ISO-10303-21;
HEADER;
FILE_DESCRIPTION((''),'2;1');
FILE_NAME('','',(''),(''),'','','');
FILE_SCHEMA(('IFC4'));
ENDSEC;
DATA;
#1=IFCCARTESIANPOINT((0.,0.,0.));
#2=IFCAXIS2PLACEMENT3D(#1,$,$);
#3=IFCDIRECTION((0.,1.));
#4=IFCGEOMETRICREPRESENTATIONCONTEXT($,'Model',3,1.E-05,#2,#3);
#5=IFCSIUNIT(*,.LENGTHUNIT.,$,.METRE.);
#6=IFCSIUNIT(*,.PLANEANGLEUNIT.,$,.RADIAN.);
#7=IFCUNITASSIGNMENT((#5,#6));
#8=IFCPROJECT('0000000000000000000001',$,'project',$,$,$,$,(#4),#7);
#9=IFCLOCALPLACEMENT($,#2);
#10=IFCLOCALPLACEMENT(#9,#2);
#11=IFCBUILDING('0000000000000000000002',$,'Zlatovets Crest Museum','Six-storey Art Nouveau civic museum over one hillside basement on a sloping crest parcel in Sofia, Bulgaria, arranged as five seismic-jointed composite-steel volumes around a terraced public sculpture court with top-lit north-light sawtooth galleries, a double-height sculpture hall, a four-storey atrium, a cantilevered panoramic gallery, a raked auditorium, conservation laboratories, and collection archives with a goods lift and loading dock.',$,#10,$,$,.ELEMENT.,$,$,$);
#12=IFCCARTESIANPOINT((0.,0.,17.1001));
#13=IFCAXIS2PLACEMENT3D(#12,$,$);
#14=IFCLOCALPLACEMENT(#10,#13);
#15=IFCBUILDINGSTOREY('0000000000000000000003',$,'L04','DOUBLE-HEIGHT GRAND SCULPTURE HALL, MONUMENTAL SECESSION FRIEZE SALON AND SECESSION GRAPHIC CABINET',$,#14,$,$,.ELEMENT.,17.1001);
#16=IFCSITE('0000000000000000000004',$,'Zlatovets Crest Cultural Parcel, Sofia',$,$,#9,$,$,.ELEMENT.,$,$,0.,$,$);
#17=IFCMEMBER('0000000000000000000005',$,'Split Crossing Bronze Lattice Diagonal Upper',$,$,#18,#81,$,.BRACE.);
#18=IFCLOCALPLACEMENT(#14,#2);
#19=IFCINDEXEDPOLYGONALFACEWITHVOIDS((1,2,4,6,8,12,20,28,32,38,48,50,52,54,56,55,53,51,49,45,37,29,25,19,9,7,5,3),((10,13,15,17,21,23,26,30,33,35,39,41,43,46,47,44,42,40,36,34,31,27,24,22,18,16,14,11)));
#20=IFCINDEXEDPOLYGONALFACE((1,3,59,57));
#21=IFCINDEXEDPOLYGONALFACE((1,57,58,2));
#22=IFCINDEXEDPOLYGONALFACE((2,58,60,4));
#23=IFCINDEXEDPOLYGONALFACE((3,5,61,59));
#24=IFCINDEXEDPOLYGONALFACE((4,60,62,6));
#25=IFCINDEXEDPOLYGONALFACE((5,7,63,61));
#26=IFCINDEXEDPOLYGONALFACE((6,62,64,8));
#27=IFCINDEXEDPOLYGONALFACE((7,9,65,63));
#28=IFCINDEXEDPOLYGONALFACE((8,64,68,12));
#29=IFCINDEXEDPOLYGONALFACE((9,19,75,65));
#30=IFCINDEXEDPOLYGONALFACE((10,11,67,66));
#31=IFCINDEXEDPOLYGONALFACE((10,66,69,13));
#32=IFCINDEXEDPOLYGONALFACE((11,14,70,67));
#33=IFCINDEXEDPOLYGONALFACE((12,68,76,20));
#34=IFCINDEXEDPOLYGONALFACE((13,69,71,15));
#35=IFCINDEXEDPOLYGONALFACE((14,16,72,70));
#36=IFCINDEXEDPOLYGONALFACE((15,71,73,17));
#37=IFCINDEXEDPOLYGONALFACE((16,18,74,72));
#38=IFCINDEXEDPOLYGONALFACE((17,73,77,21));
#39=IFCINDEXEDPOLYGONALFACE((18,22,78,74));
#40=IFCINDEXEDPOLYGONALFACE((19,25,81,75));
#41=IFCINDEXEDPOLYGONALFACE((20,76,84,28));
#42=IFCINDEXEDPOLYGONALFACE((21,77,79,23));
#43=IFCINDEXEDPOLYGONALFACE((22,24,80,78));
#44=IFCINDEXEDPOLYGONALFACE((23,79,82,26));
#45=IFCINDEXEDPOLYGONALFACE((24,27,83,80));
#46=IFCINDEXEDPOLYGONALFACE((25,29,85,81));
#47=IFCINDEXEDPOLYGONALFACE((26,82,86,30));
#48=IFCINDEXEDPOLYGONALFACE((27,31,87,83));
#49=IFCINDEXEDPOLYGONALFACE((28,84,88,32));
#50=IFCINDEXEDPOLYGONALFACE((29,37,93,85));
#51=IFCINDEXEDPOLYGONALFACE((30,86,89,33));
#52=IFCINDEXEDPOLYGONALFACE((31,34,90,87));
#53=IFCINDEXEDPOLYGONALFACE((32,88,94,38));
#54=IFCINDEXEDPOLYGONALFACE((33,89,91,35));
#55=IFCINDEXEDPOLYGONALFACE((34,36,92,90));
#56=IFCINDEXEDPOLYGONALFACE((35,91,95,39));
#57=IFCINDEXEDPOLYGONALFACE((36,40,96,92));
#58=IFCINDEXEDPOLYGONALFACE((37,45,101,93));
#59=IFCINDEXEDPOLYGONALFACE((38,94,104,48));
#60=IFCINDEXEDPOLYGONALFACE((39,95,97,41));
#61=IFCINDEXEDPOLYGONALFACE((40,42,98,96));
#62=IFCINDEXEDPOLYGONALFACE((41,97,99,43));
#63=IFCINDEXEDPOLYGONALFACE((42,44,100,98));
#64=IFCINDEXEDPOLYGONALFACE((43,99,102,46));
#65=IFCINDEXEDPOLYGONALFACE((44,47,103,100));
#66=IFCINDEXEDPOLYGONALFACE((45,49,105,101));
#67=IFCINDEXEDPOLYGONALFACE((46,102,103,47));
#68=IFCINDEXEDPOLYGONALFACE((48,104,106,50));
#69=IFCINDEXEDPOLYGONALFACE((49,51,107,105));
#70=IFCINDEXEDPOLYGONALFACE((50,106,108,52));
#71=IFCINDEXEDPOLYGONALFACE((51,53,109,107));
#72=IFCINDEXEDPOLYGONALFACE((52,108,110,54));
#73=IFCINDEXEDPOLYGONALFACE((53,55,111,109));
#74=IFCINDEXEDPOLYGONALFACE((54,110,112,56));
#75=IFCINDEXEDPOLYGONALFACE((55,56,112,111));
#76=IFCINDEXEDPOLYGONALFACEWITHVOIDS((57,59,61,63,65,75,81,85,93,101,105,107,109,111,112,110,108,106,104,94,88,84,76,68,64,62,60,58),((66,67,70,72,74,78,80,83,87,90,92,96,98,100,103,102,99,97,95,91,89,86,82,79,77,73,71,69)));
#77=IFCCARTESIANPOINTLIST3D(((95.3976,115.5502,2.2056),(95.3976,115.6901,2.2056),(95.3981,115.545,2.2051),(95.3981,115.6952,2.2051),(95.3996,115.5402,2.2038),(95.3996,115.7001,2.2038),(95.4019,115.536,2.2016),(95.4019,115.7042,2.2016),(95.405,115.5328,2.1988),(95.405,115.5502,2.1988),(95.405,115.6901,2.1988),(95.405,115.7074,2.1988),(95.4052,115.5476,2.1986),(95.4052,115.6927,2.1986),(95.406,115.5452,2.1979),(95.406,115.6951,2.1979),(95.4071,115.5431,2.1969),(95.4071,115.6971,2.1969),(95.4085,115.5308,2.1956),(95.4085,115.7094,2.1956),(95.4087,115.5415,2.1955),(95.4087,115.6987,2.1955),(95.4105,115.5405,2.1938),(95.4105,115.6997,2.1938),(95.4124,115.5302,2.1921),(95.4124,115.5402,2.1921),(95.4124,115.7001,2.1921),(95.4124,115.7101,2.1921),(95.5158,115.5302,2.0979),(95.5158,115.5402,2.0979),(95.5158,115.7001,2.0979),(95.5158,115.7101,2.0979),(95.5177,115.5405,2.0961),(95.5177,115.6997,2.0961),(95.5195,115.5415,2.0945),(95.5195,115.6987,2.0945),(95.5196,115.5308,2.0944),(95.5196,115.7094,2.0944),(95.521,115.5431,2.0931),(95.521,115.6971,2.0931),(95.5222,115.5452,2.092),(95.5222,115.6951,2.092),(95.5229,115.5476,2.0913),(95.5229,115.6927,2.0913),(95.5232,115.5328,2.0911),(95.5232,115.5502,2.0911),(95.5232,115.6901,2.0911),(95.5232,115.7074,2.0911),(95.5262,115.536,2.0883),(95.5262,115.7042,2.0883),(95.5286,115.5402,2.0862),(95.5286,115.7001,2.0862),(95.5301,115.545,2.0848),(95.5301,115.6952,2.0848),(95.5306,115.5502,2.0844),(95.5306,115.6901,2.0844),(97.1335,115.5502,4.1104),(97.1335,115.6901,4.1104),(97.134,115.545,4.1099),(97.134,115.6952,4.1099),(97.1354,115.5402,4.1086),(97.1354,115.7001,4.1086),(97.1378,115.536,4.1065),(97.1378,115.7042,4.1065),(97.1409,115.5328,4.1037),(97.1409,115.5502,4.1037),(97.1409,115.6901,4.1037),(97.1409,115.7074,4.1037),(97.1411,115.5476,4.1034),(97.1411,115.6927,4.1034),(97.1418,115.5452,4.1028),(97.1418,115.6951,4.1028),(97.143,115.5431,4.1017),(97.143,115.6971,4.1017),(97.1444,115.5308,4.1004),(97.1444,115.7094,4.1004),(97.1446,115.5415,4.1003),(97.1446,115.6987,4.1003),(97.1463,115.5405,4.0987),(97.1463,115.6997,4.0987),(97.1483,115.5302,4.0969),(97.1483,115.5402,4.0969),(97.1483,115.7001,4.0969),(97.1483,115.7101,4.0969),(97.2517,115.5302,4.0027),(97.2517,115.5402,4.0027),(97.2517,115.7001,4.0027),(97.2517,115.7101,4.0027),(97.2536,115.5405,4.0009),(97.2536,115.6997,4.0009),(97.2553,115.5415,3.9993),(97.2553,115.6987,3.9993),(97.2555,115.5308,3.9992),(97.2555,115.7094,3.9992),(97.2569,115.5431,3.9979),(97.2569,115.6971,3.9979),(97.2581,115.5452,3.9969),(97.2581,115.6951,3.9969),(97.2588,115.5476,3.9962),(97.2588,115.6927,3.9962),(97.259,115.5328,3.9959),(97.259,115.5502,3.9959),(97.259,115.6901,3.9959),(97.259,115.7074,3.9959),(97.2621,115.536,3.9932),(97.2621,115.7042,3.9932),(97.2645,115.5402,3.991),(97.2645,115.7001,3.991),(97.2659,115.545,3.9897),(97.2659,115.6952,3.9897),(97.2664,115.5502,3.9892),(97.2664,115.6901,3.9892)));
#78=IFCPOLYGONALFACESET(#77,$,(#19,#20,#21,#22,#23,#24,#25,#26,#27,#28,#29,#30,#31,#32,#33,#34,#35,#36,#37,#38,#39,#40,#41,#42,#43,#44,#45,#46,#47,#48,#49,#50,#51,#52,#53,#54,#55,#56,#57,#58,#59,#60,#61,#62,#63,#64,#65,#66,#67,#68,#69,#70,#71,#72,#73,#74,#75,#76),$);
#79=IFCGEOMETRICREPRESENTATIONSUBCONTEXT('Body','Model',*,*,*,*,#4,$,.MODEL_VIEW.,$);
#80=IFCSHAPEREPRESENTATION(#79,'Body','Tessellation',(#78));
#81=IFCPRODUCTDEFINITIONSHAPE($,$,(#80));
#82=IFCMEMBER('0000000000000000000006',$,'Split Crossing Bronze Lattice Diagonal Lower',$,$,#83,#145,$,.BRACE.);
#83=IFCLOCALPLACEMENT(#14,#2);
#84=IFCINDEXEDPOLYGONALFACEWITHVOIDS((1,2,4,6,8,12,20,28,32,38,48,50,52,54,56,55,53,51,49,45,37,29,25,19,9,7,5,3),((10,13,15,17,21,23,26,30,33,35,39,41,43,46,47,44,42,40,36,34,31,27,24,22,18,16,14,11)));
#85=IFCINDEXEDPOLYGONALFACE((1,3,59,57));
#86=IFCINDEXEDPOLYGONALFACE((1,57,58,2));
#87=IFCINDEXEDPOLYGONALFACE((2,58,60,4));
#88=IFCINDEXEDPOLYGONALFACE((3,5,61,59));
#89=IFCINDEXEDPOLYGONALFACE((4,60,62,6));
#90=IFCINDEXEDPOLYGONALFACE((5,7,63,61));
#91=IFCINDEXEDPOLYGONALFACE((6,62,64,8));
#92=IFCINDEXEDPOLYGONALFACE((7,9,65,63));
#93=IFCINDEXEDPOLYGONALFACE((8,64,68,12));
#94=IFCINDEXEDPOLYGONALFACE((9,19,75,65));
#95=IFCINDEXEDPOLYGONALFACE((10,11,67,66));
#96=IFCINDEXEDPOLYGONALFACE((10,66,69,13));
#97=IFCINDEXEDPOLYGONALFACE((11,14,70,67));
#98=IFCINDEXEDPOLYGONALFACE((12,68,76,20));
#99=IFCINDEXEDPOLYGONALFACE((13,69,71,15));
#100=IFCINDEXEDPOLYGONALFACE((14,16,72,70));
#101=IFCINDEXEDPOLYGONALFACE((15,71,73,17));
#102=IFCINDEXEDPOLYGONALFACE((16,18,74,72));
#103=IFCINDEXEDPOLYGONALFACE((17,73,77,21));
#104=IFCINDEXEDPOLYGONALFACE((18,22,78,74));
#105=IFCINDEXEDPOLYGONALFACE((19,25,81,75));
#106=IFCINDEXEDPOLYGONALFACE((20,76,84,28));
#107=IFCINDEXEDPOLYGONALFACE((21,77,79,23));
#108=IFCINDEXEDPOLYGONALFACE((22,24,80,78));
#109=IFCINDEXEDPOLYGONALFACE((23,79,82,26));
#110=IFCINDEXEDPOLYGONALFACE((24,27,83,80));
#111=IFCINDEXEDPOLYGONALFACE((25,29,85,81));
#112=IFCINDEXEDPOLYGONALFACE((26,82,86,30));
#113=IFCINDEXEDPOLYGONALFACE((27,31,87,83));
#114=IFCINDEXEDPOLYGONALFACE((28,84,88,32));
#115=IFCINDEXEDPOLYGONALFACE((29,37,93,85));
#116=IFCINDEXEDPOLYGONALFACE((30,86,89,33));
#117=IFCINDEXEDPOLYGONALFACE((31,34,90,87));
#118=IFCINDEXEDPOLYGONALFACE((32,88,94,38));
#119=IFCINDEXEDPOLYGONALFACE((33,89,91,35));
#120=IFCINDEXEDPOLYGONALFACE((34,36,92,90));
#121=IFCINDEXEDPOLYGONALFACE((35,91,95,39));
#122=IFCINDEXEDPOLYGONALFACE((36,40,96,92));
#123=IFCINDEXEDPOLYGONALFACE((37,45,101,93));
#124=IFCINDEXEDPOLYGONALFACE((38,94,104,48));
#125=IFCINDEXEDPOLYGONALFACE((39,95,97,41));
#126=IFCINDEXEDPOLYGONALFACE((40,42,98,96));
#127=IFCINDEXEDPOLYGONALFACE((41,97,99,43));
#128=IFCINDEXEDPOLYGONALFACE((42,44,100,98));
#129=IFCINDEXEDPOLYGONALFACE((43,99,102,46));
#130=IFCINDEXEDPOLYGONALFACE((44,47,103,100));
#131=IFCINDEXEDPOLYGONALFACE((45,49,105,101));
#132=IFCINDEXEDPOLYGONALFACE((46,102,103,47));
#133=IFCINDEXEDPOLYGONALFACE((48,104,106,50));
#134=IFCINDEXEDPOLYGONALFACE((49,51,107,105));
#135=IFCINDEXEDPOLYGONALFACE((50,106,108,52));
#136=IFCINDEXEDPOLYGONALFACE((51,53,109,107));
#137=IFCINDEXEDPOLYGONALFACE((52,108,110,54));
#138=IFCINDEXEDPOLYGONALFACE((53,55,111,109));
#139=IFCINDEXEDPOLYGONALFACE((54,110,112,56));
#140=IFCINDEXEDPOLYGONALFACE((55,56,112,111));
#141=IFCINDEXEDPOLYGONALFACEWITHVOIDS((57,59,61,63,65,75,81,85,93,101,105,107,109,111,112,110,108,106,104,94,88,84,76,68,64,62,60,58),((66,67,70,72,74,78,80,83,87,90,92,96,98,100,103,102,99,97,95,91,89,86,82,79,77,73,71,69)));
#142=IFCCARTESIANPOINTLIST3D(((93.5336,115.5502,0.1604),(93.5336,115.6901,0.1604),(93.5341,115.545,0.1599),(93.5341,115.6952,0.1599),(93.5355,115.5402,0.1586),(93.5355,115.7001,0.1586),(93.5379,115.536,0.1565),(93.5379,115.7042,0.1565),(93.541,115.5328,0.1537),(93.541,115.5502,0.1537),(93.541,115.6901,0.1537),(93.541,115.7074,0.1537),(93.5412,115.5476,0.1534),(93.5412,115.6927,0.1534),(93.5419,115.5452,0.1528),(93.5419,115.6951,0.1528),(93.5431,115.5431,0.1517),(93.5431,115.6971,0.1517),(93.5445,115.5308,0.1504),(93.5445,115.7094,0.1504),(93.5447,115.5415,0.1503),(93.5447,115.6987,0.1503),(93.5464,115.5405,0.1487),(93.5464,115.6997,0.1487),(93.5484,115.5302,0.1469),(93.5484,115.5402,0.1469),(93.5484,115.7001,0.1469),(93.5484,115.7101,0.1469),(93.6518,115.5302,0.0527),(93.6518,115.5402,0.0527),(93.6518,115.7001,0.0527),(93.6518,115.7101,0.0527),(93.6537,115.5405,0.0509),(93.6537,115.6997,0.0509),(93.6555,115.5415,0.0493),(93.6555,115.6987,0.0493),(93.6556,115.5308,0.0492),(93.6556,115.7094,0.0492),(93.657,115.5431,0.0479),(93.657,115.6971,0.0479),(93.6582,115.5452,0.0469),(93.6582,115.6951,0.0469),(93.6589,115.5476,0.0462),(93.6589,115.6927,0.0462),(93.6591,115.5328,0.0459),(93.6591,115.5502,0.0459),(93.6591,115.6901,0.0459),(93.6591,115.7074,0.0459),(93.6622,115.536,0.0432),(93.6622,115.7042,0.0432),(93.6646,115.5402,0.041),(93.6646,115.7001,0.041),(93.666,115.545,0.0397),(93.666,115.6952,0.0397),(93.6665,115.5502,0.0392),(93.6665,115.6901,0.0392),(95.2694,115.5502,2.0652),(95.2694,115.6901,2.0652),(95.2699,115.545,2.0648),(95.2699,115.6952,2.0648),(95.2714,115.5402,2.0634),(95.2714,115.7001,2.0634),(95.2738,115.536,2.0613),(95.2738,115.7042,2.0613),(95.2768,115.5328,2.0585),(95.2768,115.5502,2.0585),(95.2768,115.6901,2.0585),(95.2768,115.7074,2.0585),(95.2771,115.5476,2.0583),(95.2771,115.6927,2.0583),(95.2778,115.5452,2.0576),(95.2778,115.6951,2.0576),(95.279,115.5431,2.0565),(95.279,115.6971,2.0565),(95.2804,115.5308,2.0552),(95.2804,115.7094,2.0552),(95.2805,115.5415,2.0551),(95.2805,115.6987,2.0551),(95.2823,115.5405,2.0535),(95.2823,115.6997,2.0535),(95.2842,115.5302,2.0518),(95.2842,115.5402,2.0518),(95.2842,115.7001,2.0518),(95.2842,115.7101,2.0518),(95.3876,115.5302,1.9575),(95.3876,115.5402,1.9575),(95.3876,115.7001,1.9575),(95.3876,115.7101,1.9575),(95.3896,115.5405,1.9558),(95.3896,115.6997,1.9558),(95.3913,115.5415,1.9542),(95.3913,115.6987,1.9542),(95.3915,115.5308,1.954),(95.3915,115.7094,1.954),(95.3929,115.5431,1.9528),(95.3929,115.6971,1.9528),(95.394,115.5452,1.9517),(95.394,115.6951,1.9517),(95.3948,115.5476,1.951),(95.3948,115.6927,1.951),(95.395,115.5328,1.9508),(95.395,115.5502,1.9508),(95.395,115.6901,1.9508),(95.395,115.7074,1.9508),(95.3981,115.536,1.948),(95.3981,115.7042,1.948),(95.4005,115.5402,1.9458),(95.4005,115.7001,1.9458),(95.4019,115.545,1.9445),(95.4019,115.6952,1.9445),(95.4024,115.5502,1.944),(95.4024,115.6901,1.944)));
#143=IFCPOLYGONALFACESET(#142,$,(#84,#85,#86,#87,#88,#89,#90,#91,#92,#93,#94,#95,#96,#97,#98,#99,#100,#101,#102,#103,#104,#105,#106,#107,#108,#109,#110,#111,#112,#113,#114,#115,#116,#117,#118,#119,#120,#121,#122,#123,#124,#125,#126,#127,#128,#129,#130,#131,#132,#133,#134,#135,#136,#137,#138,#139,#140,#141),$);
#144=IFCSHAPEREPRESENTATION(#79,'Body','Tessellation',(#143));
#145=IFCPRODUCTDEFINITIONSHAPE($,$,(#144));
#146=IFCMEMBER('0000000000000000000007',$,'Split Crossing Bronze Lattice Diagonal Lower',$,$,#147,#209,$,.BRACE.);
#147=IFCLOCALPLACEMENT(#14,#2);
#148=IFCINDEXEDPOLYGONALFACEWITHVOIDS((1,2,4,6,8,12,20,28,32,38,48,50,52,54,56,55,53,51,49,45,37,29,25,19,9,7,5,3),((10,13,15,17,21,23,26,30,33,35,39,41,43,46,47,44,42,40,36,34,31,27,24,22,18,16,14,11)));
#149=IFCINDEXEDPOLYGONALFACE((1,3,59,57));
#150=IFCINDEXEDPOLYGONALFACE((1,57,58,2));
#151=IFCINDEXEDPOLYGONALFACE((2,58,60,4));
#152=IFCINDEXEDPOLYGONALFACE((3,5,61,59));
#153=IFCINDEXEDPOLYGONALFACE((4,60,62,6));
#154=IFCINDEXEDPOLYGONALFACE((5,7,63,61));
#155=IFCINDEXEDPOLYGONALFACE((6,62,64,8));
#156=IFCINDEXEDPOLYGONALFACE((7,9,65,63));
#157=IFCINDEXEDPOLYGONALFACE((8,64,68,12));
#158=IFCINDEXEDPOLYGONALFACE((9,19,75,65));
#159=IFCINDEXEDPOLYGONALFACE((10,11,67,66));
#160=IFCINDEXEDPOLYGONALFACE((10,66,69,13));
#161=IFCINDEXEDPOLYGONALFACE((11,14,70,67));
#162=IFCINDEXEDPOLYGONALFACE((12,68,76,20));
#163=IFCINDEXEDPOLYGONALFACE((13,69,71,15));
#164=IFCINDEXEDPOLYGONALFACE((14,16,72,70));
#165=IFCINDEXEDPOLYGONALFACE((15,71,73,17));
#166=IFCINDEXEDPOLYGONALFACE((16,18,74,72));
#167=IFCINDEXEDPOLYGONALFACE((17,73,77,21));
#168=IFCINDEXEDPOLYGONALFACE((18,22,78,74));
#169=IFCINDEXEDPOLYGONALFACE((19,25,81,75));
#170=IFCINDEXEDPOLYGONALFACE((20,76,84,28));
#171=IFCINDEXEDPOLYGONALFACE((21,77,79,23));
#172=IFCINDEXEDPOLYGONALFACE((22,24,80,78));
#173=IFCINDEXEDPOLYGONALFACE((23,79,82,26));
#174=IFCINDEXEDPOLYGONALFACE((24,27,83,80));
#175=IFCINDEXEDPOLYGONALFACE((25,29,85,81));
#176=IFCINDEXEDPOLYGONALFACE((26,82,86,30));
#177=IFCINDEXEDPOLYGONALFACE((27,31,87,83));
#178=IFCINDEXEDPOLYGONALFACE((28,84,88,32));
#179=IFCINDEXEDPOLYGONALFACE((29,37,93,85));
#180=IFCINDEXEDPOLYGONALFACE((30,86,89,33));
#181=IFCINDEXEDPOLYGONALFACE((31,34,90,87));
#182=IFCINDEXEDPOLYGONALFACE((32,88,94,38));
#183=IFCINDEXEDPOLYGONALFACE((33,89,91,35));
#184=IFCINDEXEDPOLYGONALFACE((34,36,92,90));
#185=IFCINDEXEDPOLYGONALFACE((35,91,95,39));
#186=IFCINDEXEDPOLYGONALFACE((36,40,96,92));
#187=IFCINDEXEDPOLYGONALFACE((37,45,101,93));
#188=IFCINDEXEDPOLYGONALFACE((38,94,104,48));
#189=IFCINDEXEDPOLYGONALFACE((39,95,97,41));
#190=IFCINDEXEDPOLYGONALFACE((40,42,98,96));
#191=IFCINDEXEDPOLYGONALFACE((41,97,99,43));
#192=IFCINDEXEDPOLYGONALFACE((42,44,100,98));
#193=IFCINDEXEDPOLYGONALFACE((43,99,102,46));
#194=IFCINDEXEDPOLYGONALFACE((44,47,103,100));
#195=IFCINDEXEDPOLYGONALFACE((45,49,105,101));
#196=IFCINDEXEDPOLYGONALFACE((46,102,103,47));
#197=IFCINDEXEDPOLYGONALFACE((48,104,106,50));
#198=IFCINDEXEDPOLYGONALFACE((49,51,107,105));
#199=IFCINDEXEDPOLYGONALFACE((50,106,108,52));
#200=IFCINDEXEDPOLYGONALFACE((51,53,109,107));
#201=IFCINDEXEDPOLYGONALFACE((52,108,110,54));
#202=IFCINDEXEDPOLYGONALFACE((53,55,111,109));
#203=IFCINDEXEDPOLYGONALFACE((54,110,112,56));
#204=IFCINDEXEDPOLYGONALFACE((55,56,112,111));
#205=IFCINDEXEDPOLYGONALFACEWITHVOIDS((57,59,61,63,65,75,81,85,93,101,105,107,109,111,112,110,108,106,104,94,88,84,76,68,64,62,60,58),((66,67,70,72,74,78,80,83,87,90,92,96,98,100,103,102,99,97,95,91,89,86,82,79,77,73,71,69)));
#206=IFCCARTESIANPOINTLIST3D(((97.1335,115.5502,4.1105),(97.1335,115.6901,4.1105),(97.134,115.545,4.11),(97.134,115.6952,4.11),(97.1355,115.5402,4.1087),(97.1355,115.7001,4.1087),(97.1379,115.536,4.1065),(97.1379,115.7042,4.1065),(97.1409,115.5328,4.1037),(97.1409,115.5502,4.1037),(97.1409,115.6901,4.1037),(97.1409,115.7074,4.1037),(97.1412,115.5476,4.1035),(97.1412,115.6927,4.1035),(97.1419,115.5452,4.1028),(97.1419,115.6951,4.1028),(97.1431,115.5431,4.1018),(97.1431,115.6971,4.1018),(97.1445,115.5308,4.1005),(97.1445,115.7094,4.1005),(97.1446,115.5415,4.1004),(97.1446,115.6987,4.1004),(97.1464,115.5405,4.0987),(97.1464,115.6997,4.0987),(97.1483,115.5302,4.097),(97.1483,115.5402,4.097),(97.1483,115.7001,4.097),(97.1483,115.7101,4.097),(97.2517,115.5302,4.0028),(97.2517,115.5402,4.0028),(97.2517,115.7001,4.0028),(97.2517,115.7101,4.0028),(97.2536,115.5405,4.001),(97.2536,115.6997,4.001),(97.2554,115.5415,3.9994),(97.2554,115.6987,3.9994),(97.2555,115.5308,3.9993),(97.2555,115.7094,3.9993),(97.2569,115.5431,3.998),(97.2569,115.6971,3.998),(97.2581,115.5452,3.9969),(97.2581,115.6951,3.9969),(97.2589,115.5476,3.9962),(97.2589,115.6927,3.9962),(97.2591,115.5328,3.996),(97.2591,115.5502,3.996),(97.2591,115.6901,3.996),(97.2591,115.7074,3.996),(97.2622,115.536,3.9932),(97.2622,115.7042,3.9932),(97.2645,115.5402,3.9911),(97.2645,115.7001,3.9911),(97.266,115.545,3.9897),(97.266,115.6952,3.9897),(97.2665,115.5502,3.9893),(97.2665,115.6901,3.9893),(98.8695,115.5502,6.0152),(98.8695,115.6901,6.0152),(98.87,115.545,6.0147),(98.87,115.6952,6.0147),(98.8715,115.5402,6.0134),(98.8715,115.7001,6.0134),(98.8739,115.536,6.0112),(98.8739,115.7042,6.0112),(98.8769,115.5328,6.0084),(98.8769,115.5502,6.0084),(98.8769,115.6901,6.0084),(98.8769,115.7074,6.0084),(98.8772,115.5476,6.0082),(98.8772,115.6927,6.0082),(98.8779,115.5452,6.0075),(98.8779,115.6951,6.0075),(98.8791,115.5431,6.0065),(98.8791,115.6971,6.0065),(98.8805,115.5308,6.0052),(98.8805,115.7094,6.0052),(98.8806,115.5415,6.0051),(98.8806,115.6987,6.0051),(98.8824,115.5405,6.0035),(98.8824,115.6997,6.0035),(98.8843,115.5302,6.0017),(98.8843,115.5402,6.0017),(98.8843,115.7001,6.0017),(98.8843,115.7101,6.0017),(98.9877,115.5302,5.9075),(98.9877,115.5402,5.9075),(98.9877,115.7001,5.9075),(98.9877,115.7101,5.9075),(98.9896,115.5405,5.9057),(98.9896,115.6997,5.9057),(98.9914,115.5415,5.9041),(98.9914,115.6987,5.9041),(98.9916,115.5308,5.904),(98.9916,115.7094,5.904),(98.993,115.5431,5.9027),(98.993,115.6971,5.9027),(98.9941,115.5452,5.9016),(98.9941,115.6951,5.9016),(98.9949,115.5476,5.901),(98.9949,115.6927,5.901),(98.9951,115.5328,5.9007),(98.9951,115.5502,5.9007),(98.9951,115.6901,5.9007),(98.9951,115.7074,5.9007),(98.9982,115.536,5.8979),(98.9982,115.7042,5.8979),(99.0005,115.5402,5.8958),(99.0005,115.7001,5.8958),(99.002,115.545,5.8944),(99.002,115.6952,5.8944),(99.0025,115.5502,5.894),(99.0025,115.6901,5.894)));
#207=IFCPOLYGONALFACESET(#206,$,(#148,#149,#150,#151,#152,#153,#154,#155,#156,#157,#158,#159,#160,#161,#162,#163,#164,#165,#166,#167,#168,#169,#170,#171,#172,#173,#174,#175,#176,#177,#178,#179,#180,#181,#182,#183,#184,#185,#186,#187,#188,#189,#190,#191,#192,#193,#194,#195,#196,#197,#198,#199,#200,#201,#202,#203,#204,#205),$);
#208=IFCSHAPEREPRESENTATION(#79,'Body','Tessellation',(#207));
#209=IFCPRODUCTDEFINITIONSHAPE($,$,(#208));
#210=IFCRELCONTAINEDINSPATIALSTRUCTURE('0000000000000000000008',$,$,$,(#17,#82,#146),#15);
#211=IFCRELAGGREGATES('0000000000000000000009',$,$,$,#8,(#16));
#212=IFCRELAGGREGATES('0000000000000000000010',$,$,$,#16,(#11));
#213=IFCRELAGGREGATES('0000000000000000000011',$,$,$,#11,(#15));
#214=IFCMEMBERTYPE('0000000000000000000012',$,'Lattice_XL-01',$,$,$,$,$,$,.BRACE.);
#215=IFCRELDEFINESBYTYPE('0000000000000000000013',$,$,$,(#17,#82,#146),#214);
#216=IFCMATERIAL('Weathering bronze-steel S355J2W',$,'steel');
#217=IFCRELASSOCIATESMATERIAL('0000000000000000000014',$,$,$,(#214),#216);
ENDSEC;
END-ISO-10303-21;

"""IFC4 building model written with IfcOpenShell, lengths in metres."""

from ifc_helpers import new_model, si_unit, direction, frame, origin, origin_2d, place, context, subcontext, project, spatial, hollow_rectangle, extrude, material, material_profile, profile_set, type_object, element, save


model = new_model("IFC4")

# Units and contexts
model_context = context("Model", 3, precision=1e-05, world=origin(), true_north=direction((0.0, 1.0)))
body_context = subcontext(model_context, "Body", "Model", "MODEL_VIEW")
ifc_project = project(units=[si_unit("LENGTHUNIT", "METRE"), si_unit("PLANEANGLEUNIT", "RADIAN")], contexts=[model_context])

# Site, building, storey
site_placement = place(None, origin())
site = spatial("IfcSite", under=ifc_project, at=site_placement, Name="Zlatovets Crest Cultural Parcel, Sofia", CompositionType="ELEMENT", RefElevation=0.0)
building_placement = place(site_placement, origin())
building = spatial("IfcBuilding", under=site, at=building_placement, Name="Zlatovets Crest Museum", Description="Six-storey Art Nouveau civic museum over one hillside basement on a sloping crest parcel in Sofia, Bulgaria, arranged as five seismic-jointed composite-steel volumes around a terraced public sculpture court with top-lit north-light sawtooth galleries, a double-height sculpture hall, a four-storey atrium, a cantilevered panoramic gallery, a raked auditorium, conservation laboratories, and collection archives with a goods lift and loading dock.", CompositionType="ELEMENT")
storey_placement = place(building_placement, frame((0.0, 0.0, 17.1001)))
storey = spatial("IfcBuildingStorey", under=building, at=storey_placement, Name="L04", Description="DOUBLE-HEIGHT GRAND SCULPTURE HALL, MONUMENTAL SECESSION FRIEZE SALON AND SECESSION GRAPHIC CABINET", CompositionType="ELEMENT", Elevation=17.1001)

# Members
ifc_material_1 = material(Name="Weathering bronze-steel S355J2W", Category="steel")
ifc_material_profile_1 = material_profile(ifc_material_1, hollow_rectangle(XDim=0.1799, YDim=0.1799, WallThickness=0.01, InnerFilletRadius=0.01, OuterFilletRadius=0.02, at=origin_2d()), Name="SHS 180x180x10.0")
ifc_profile_set_1 = profile_set([ifc_material_profile_1], Name="Weathering bronze-steel S355J2W")
member_type_1 = type_object("IfcMemberType", Name="Lattice_XL-01", PredefinedType="BRACE", material=ifc_profile_set_1)
for number, where, z_axis, x_axis, name in (
    (1, (97.2, 115.6201, 4.0498), (-0.673568, 0.0, -0.739125), (0.0, -1.0, 0.0), "Split Crossing Bronze Lattice Diagonal Upper"),
    (2, (95.3359, 115.6201, 2.0046), (-0.673568, 0.0, -0.739125), (0.0, -1.0, 0.0), "Split Crossing Bronze Lattice Diagonal Lower"),
    (3, (98.936, 115.6201, 5.9546), (-0.67362, 0.0, -0.739078), (0.0, -1.0, 0.0), "Split Crossing Bronze Lattice Diagonal Lower"),
):
    element("IfcMember", number, at=place(storey_placement, frame(where, z_axis=z_axis, x_axis=x_axis)), inside=storey, type_object=member_type_1, Name=name, PredefinedType="BRACE", context=body_context, shape_type="SweptSolid", body=[
        extrude(hollow_rectangle(XDim=0.1799, YDim=0.1799, WallThickness=0.01, InnerFilletRadius=0.01, OuterFilletRadius=0.02, at=origin_2d()), origin(), (0.0, 0.0, 1.0), 2.5771),
    ])

save(model, "model.ifc")
